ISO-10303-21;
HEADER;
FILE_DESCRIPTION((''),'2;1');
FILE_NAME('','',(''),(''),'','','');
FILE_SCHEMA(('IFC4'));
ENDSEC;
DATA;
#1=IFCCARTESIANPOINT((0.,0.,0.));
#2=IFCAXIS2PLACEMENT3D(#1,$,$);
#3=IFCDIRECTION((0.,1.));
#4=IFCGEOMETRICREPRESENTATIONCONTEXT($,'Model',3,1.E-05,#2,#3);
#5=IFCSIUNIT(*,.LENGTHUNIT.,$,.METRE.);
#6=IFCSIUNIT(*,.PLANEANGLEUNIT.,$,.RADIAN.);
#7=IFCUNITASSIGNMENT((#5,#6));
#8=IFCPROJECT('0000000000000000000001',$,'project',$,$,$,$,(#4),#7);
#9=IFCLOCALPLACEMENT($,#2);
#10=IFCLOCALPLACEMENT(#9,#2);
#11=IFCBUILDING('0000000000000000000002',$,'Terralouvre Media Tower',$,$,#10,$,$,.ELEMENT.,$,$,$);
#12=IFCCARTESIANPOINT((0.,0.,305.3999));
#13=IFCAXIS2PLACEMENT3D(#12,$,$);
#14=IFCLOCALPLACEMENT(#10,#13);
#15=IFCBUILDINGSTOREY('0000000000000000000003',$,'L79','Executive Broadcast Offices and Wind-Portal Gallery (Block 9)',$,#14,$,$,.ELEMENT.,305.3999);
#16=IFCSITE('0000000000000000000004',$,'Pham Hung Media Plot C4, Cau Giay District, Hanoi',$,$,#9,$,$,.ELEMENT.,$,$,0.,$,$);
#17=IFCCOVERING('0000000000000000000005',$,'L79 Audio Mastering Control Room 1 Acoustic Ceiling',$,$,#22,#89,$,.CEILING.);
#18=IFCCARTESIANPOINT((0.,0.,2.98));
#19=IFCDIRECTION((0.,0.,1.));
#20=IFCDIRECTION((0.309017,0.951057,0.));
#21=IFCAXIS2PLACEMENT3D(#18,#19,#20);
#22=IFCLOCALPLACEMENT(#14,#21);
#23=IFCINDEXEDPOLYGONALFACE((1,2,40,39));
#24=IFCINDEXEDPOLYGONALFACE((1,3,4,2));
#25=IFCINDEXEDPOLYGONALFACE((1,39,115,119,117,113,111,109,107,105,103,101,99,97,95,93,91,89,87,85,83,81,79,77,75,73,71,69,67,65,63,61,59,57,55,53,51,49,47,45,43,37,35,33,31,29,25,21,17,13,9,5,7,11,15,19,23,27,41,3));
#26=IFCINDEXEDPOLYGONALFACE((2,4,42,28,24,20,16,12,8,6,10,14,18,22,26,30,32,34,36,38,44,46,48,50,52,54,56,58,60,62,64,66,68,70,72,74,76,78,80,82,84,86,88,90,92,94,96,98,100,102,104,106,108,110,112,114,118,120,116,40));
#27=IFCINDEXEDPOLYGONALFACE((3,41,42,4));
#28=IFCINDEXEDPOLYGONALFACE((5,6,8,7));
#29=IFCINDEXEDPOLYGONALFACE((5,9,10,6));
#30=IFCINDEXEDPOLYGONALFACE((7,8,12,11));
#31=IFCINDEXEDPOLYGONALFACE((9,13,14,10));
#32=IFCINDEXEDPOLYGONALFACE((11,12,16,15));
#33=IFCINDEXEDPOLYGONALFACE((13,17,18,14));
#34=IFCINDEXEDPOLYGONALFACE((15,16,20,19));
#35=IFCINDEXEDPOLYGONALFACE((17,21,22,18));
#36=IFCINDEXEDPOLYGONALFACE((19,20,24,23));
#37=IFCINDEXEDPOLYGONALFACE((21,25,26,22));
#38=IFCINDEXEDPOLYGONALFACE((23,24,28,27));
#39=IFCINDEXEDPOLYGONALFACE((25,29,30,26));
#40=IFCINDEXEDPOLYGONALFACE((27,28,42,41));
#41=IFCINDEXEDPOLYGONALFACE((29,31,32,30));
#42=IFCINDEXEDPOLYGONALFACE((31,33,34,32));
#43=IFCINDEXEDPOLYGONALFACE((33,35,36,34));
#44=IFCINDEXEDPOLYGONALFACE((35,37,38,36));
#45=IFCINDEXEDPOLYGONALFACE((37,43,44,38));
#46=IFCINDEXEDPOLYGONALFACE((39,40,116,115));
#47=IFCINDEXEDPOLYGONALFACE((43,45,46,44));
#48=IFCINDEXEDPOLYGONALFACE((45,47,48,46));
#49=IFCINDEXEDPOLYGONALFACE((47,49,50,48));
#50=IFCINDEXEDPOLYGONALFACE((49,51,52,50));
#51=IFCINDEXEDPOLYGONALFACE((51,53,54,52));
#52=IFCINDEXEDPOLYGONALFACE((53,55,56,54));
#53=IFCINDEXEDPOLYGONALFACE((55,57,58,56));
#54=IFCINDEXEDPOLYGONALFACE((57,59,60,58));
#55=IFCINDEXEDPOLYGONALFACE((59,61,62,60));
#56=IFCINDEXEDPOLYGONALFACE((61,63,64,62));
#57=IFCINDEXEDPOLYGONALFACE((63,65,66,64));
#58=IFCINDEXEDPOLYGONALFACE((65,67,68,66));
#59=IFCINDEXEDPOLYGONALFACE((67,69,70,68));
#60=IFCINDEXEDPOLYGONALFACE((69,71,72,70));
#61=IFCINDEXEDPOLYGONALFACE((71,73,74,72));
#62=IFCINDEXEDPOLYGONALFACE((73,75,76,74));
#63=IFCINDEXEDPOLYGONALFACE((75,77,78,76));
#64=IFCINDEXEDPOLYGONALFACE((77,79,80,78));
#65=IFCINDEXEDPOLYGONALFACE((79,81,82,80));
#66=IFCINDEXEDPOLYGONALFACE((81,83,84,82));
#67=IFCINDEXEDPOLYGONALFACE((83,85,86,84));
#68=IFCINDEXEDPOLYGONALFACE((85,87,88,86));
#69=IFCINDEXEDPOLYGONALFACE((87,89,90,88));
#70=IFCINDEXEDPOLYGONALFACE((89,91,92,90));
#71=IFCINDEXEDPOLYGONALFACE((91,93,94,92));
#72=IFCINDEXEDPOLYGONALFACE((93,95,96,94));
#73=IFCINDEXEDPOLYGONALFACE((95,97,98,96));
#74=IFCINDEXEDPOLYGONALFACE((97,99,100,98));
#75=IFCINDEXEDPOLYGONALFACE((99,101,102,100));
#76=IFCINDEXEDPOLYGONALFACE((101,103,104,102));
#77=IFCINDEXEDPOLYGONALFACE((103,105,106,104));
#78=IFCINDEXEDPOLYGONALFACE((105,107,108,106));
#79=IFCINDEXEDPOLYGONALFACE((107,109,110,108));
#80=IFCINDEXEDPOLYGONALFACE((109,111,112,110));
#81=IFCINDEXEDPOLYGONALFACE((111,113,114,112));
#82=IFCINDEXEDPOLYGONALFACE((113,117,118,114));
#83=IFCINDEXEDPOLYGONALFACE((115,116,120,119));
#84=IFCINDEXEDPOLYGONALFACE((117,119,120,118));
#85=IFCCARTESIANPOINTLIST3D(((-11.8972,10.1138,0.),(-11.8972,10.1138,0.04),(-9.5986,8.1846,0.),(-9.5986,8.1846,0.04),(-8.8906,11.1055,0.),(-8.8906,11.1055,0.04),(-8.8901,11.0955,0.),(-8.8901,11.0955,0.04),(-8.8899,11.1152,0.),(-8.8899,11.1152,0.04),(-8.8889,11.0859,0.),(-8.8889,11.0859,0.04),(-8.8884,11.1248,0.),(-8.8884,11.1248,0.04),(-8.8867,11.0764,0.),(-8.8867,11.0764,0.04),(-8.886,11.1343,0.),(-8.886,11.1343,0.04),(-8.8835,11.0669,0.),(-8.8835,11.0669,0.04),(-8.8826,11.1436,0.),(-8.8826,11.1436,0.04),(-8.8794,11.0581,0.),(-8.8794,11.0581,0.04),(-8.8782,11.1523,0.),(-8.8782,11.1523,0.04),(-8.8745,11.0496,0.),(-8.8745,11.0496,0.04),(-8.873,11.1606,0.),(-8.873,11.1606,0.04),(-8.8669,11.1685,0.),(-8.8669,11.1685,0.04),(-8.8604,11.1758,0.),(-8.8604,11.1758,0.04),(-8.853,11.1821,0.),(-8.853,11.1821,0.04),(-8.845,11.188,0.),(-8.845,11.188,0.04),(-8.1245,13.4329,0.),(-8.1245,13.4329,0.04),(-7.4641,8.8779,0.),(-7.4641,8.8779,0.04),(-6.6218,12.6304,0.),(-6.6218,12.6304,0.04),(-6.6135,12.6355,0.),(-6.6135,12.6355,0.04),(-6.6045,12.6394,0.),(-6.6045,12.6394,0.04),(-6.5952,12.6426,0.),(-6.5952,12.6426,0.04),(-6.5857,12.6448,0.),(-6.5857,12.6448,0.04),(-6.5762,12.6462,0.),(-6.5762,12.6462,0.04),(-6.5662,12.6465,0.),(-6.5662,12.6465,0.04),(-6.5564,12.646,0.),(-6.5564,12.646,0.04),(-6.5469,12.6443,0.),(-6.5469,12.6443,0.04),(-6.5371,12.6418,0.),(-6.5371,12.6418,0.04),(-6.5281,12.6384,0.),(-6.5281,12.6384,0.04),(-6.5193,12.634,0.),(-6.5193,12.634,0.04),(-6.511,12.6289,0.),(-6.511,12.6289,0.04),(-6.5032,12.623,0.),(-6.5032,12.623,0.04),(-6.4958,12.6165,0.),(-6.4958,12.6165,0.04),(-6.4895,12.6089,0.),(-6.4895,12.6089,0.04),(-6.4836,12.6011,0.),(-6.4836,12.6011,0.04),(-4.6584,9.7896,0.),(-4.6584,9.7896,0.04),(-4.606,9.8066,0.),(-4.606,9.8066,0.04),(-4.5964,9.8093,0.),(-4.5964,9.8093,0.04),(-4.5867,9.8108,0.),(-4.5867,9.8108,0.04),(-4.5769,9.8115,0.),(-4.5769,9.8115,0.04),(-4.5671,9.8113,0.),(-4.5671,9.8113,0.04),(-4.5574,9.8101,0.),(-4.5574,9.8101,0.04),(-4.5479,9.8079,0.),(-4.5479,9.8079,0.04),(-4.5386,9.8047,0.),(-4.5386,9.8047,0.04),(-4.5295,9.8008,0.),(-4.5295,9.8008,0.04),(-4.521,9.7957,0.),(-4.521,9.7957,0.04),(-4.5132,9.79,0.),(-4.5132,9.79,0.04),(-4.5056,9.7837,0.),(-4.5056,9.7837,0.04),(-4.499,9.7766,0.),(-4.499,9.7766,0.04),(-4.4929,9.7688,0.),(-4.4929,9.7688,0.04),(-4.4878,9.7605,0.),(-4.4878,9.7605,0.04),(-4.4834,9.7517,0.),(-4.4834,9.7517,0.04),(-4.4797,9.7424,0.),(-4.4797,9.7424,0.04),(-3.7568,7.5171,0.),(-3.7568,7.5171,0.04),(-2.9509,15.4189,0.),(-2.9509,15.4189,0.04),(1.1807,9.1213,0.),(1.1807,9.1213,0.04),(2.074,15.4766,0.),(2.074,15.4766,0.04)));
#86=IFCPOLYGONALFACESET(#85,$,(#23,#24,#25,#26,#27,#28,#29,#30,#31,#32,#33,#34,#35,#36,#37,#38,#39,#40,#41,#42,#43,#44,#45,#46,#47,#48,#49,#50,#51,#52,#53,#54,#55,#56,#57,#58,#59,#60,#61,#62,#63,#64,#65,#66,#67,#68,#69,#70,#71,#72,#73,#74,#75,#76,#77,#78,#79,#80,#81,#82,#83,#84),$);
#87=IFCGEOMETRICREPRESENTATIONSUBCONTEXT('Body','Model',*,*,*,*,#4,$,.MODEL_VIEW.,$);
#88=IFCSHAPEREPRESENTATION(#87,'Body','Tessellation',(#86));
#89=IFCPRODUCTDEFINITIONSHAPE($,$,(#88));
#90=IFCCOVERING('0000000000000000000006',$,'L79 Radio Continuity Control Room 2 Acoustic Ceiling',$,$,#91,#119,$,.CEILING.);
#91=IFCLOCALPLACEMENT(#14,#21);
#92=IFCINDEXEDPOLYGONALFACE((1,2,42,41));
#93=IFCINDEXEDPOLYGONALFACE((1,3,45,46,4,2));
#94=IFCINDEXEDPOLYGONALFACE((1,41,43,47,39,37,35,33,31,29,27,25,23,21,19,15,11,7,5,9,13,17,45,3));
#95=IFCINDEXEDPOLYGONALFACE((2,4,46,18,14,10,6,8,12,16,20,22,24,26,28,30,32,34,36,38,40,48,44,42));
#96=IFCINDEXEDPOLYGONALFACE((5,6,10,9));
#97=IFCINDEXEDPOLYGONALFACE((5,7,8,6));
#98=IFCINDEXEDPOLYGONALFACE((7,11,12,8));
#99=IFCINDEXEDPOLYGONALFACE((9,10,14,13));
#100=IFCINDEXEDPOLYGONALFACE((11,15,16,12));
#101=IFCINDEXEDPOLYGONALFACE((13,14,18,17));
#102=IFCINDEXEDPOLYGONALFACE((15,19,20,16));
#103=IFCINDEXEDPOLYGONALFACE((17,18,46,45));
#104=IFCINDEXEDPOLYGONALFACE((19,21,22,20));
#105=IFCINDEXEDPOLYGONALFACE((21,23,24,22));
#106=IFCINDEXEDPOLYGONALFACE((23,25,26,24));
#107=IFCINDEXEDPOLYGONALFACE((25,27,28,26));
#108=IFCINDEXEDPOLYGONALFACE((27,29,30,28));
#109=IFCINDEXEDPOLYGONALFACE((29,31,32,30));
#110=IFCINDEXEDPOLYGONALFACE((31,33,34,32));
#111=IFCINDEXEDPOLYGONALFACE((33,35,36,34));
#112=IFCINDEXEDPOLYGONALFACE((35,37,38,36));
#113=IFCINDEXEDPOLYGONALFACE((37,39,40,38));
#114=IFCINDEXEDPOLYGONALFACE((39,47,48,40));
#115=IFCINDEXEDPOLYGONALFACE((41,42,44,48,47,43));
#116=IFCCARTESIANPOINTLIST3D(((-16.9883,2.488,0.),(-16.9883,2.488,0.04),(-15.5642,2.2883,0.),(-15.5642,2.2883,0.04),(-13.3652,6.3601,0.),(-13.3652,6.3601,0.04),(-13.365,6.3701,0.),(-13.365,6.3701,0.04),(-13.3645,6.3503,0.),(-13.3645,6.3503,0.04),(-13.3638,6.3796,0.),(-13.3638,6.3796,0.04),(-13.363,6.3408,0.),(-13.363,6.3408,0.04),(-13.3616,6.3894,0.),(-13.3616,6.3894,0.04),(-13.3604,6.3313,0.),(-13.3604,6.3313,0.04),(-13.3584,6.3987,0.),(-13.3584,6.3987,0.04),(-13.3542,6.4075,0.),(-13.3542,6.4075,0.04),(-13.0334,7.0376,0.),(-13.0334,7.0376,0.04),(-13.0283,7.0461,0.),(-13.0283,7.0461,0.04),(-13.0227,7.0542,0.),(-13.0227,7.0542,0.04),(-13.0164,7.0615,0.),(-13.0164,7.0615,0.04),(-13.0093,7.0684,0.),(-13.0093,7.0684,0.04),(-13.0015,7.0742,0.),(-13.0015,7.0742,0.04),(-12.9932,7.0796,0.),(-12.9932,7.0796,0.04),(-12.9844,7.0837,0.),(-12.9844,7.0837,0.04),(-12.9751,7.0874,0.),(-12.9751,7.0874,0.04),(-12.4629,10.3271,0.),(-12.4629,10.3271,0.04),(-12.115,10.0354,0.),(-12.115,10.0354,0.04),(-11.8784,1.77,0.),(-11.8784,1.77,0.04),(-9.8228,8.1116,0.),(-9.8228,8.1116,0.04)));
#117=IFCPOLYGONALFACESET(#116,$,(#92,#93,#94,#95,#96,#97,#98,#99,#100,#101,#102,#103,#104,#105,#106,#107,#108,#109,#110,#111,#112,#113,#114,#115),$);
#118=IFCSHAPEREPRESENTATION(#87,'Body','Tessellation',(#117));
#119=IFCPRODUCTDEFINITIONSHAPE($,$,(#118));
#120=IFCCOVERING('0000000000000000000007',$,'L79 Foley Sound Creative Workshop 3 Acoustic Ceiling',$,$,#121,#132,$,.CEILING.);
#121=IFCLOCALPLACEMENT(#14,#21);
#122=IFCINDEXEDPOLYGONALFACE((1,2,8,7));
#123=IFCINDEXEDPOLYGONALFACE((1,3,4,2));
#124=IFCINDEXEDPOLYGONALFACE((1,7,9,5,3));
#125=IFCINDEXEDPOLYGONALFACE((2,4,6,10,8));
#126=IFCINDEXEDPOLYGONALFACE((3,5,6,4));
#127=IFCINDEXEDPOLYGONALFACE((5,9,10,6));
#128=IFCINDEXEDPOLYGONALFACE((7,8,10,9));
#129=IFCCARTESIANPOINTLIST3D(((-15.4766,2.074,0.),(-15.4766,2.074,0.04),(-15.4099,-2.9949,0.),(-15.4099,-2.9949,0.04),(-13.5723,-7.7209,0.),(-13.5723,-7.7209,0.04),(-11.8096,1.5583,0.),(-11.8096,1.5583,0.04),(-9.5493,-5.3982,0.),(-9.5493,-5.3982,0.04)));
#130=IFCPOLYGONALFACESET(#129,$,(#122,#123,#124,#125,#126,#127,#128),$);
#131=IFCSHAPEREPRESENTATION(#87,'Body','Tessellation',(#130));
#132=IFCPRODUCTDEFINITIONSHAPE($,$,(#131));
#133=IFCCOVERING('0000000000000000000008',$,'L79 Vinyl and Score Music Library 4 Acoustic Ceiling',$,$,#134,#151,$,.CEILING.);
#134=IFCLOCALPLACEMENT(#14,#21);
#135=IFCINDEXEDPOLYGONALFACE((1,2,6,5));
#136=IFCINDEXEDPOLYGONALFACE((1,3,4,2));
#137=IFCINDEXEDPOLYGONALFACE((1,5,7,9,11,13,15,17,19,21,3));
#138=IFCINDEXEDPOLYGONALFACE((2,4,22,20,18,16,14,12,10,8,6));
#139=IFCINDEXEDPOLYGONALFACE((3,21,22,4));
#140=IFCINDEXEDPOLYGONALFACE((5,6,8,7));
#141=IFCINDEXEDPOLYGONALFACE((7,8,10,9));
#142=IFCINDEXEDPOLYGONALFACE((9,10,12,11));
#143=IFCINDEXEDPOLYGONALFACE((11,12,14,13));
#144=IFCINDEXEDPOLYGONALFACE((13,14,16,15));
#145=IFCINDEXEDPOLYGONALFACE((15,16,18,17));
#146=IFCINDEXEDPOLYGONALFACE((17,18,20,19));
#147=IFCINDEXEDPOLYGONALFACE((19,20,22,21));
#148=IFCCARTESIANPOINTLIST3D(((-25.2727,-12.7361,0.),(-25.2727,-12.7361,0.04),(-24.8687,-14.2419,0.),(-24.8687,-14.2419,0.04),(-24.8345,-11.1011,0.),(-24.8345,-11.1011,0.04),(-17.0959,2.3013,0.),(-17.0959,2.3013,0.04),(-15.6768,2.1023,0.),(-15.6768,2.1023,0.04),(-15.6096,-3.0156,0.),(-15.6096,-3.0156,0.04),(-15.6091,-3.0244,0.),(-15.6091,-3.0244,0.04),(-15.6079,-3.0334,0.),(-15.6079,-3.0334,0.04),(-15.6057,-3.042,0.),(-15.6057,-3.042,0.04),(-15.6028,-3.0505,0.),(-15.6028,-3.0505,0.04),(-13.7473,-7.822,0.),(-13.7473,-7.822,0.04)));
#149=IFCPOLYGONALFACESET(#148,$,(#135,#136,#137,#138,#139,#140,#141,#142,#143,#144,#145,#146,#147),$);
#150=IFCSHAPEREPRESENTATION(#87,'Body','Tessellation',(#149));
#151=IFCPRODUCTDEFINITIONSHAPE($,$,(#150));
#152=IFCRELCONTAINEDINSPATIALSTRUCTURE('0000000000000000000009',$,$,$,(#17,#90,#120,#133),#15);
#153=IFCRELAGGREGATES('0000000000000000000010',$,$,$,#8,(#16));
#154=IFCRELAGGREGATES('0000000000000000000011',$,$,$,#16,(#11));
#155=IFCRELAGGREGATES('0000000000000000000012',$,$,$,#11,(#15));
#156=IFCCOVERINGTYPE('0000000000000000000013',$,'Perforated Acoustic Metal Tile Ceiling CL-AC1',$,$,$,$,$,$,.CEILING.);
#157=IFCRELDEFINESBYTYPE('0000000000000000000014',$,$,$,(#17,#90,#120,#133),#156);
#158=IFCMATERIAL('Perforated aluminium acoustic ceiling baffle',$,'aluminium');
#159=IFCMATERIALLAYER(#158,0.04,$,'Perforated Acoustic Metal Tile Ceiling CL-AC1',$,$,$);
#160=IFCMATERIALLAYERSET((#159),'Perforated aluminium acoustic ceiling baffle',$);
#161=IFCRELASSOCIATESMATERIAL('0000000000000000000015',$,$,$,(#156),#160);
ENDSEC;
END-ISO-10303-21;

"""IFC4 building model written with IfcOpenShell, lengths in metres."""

from ifc_helpers import new_model, si_unit, direction, frame, origin, place, context, subcontext, project, spatial, polyline, outline, extrude, material, layer, layer_set, type_object, element, save


model = new_model("IFC4")

# Units and contexts
model_context = context("Model", 3, precision=1e-05, world=origin(), true_north=direction((0.0, 1.0)))
body_context = subcontext(model_context, "Body", "Model", "MODEL_VIEW")
ifc_project = project(units=[si_unit("LENGTHUNIT", "METRE"), si_unit("PLANEANGLEUNIT", "RADIAN")], contexts=[model_context])

# Site, building, storey
site_placement = place(None, origin())
site = spatial("IfcSite", under=ifc_project, at=site_placement, Name="Pham Hung Media Plot C4, Cau Giay District, Hanoi", CompositionType="ELEMENT", RefElevation=0.0)
building_placement = place(site_placement, origin())
building = spatial("IfcBuilding", under=site, at=building_placement, Name="Terralouvre Media Tower", CompositionType="ELEMENT")
storey_placement = place(building_placement, frame((0.0, 0.0, 305.3999)))
storey = spatial("IfcBuildingStorey", under=building, at=storey_placement, Name="L79", Description="Executive Broadcast Offices and Wind-Portal Gallery (Block 9)", CompositionType="ELEMENT", Elevation=305.3999)

# Coverings
ifc_material_1 = material(Name="Perforated aluminium acoustic ceiling baffle", Category="aluminium")
ifc_layer_1 = layer(ifc_material_1, 0.04, Name="Perforated Acoustic Metal Tile Ceiling CL-AC1")
ifc_layer_set_1 = layer_set([ifc_layer_1], Name="Perforated aluminium acoustic ceiling baffle")
covering_type_1 = type_object("IfcCoveringType", Name="Perforated Acoustic Metal Tile Ceiling CL-AC1", PredefinedType="CEILING", material=ifc_layer_set_1)
covering_1_placement = place(storey_placement, frame((0.0, 0.0, 2.98), z_axis=(0.0, 0.0, 1.0), x_axis=(0.309017, 0.951057, 0.0)))
element("IfcCovering", 1, at=covering_1_placement, inside=storey, type_object=covering_type_1, Name="L79 Audio Mastering Control Room 1 Acoustic Ceiling", PredefinedType="CEILING", context=body_context, shape_type="SweptSolid", body=[
    extrude(outline(polyline([(-2.9509, 15.4189), (-8.1245, 13.4329), (-11.8972, 10.1138), (-9.5986, 8.1846), (-7.4641, 8.8779), (-8.8745, 11.0496), (-8.8794, 11.0581), (-8.8835, 11.0669), (-8.8867, 11.0764), (-8.8889, 11.0859), (-8.8901, 11.0955), (-8.8906, 11.1055), (-8.8899, 11.1152), (-8.8884, 11.1248), (-8.886, 11.1343), (-8.8826, 11.1436), (-8.8782, 11.1523), (-8.873, 11.1606), (-8.8669, 11.1685), (-8.8604, 11.1758), (-8.853, 11.1821), (-8.845, 11.188), (-6.6218, 12.6304), (-6.6135, 12.6355), (-6.6045, 12.6394), (-6.5952, 12.6426), (-6.5857, 12.6448), (-6.5762, 12.6462), (-6.5662, 12.6465), (-6.5564, 12.646), (-6.5469, 12.6443), (-6.5371, 12.6418), (-6.5281, 12.6384), (-6.5193, 12.634), (-6.511, 12.6289), (-6.5032, 12.623), (-6.4958, 12.6165), (-6.4895, 12.6089), (-6.4836, 12.6011), (-4.6584, 9.7896), (-4.606, 9.8066), (-4.5964, 9.8093), (-4.5867, 9.8108), (-4.5769, 9.8115), (-4.5671, 9.8113), (-4.5574, 9.8101), (-4.5479, 9.8079), (-4.5386, 9.8047), (-4.5295, 9.8008), (-4.521, 9.7957), (-4.5132, 9.79), (-4.5056, 9.7837), (-4.499, 9.7766), (-4.4929, 9.7688), (-4.4878, 9.7605), (-4.4834, 9.7517), (-4.4797, 9.7424), (-3.7568, 7.5171), (1.1807, 9.1213), (2.074, 15.4766), (-2.9509, 15.4189)])), origin(), (0.0, 0.0, 1.0), 0.04),
])
covering_2_placement = place(storey_placement, frame((0.0, 0.0, 2.98), z_axis=(0.0, 0.0, 1.0), x_axis=(0.309017, 0.951057, 0.0)))
element("IfcCovering", 2, at=covering_2_placement, inside=storey, type_object=covering_type_1, Name="L79 Radio Continuity Control Room 2 Acoustic Ceiling", PredefinedType="CEILING", context=body_context, shape_type="SweptSolid", body=[
    extrude(outline(polyline([(-11.8784, 1.77), (-13.3604, 6.3313), (-13.363, 6.3408), (-13.3645, 6.3503), (-13.3652, 6.3601), (-13.365, 6.3701), (-13.3638, 6.3796), (-13.3616, 6.3894), (-13.3584, 6.3987), (-13.3542, 6.4075), (-13.0334, 7.0376), (-13.0283, 7.0461), (-13.0227, 7.0542), (-13.0164, 7.0615), (-13.0093, 7.0684), (-13.0015, 7.0742), (-12.9932, 7.0796), (-12.9844, 7.0837), (-12.9751, 7.0874), (-9.8228, 8.1116), (-12.115, 10.0354), (-12.4629, 10.3271), (-16.9883, 2.488), (-15.5642, 2.2883), (-11.8784, 1.77)])), origin(), (0.0, 0.0, 1.0), 0.04),
])
covering_3_placement = place(storey_placement, frame((0.0, 0.0, 2.98), z_axis=(0.0, 0.0, 1.0), x_axis=(0.309017, 0.951057, 0.0)))
element("IfcCovering", 3, at=covering_3_placement, inside=storey, type_object=covering_type_1, Name="L79 Foley Sound Creative Workshop 3 Acoustic Ceiling", PredefinedType="CEILING", context=body_context, shape_type="SweptSolid", body=[
    extrude(outline(polyline([(-15.4099, -2.9949), (-13.5723, -7.7209), (-9.5493, -5.3982), (-11.8096, 1.5583), (-15.4766, 2.074), (-15.4099, -2.9949)])), origin(), (0.0, 0.0, 1.0), 0.04),
])
covering_4_placement = place(storey_placement, frame((0.0, 0.0, 2.98), z_axis=(0.0, 0.0, 1.0), x_axis=(0.309017, 0.951057, 0.0)))
element("IfcCovering", 4, at=covering_4_placement, inside=storey, type_object=covering_type_1, Name="L79 Vinyl and Score Music Library 4 Acoustic Ceiling", PredefinedType="CEILING", context=body_context, shape_type="SweptSolid", body=[
    extrude(outline(polyline([(-15.6028, -3.0505), (-15.6057, -3.042), (-15.6079, -3.0334), (-15.6091, -3.0244), (-15.6096, -3.0156), (-15.6768, 2.1023), (-17.0959, 2.3013), (-24.8345, -11.1011), (-25.2727, -12.7361), (-24.8687, -14.2419), (-13.7473, -7.822), (-15.6028, -3.0505)])), origin(), (0.0, 0.0, 1.0), 0.04),
])

save(model, "model.ifc")
